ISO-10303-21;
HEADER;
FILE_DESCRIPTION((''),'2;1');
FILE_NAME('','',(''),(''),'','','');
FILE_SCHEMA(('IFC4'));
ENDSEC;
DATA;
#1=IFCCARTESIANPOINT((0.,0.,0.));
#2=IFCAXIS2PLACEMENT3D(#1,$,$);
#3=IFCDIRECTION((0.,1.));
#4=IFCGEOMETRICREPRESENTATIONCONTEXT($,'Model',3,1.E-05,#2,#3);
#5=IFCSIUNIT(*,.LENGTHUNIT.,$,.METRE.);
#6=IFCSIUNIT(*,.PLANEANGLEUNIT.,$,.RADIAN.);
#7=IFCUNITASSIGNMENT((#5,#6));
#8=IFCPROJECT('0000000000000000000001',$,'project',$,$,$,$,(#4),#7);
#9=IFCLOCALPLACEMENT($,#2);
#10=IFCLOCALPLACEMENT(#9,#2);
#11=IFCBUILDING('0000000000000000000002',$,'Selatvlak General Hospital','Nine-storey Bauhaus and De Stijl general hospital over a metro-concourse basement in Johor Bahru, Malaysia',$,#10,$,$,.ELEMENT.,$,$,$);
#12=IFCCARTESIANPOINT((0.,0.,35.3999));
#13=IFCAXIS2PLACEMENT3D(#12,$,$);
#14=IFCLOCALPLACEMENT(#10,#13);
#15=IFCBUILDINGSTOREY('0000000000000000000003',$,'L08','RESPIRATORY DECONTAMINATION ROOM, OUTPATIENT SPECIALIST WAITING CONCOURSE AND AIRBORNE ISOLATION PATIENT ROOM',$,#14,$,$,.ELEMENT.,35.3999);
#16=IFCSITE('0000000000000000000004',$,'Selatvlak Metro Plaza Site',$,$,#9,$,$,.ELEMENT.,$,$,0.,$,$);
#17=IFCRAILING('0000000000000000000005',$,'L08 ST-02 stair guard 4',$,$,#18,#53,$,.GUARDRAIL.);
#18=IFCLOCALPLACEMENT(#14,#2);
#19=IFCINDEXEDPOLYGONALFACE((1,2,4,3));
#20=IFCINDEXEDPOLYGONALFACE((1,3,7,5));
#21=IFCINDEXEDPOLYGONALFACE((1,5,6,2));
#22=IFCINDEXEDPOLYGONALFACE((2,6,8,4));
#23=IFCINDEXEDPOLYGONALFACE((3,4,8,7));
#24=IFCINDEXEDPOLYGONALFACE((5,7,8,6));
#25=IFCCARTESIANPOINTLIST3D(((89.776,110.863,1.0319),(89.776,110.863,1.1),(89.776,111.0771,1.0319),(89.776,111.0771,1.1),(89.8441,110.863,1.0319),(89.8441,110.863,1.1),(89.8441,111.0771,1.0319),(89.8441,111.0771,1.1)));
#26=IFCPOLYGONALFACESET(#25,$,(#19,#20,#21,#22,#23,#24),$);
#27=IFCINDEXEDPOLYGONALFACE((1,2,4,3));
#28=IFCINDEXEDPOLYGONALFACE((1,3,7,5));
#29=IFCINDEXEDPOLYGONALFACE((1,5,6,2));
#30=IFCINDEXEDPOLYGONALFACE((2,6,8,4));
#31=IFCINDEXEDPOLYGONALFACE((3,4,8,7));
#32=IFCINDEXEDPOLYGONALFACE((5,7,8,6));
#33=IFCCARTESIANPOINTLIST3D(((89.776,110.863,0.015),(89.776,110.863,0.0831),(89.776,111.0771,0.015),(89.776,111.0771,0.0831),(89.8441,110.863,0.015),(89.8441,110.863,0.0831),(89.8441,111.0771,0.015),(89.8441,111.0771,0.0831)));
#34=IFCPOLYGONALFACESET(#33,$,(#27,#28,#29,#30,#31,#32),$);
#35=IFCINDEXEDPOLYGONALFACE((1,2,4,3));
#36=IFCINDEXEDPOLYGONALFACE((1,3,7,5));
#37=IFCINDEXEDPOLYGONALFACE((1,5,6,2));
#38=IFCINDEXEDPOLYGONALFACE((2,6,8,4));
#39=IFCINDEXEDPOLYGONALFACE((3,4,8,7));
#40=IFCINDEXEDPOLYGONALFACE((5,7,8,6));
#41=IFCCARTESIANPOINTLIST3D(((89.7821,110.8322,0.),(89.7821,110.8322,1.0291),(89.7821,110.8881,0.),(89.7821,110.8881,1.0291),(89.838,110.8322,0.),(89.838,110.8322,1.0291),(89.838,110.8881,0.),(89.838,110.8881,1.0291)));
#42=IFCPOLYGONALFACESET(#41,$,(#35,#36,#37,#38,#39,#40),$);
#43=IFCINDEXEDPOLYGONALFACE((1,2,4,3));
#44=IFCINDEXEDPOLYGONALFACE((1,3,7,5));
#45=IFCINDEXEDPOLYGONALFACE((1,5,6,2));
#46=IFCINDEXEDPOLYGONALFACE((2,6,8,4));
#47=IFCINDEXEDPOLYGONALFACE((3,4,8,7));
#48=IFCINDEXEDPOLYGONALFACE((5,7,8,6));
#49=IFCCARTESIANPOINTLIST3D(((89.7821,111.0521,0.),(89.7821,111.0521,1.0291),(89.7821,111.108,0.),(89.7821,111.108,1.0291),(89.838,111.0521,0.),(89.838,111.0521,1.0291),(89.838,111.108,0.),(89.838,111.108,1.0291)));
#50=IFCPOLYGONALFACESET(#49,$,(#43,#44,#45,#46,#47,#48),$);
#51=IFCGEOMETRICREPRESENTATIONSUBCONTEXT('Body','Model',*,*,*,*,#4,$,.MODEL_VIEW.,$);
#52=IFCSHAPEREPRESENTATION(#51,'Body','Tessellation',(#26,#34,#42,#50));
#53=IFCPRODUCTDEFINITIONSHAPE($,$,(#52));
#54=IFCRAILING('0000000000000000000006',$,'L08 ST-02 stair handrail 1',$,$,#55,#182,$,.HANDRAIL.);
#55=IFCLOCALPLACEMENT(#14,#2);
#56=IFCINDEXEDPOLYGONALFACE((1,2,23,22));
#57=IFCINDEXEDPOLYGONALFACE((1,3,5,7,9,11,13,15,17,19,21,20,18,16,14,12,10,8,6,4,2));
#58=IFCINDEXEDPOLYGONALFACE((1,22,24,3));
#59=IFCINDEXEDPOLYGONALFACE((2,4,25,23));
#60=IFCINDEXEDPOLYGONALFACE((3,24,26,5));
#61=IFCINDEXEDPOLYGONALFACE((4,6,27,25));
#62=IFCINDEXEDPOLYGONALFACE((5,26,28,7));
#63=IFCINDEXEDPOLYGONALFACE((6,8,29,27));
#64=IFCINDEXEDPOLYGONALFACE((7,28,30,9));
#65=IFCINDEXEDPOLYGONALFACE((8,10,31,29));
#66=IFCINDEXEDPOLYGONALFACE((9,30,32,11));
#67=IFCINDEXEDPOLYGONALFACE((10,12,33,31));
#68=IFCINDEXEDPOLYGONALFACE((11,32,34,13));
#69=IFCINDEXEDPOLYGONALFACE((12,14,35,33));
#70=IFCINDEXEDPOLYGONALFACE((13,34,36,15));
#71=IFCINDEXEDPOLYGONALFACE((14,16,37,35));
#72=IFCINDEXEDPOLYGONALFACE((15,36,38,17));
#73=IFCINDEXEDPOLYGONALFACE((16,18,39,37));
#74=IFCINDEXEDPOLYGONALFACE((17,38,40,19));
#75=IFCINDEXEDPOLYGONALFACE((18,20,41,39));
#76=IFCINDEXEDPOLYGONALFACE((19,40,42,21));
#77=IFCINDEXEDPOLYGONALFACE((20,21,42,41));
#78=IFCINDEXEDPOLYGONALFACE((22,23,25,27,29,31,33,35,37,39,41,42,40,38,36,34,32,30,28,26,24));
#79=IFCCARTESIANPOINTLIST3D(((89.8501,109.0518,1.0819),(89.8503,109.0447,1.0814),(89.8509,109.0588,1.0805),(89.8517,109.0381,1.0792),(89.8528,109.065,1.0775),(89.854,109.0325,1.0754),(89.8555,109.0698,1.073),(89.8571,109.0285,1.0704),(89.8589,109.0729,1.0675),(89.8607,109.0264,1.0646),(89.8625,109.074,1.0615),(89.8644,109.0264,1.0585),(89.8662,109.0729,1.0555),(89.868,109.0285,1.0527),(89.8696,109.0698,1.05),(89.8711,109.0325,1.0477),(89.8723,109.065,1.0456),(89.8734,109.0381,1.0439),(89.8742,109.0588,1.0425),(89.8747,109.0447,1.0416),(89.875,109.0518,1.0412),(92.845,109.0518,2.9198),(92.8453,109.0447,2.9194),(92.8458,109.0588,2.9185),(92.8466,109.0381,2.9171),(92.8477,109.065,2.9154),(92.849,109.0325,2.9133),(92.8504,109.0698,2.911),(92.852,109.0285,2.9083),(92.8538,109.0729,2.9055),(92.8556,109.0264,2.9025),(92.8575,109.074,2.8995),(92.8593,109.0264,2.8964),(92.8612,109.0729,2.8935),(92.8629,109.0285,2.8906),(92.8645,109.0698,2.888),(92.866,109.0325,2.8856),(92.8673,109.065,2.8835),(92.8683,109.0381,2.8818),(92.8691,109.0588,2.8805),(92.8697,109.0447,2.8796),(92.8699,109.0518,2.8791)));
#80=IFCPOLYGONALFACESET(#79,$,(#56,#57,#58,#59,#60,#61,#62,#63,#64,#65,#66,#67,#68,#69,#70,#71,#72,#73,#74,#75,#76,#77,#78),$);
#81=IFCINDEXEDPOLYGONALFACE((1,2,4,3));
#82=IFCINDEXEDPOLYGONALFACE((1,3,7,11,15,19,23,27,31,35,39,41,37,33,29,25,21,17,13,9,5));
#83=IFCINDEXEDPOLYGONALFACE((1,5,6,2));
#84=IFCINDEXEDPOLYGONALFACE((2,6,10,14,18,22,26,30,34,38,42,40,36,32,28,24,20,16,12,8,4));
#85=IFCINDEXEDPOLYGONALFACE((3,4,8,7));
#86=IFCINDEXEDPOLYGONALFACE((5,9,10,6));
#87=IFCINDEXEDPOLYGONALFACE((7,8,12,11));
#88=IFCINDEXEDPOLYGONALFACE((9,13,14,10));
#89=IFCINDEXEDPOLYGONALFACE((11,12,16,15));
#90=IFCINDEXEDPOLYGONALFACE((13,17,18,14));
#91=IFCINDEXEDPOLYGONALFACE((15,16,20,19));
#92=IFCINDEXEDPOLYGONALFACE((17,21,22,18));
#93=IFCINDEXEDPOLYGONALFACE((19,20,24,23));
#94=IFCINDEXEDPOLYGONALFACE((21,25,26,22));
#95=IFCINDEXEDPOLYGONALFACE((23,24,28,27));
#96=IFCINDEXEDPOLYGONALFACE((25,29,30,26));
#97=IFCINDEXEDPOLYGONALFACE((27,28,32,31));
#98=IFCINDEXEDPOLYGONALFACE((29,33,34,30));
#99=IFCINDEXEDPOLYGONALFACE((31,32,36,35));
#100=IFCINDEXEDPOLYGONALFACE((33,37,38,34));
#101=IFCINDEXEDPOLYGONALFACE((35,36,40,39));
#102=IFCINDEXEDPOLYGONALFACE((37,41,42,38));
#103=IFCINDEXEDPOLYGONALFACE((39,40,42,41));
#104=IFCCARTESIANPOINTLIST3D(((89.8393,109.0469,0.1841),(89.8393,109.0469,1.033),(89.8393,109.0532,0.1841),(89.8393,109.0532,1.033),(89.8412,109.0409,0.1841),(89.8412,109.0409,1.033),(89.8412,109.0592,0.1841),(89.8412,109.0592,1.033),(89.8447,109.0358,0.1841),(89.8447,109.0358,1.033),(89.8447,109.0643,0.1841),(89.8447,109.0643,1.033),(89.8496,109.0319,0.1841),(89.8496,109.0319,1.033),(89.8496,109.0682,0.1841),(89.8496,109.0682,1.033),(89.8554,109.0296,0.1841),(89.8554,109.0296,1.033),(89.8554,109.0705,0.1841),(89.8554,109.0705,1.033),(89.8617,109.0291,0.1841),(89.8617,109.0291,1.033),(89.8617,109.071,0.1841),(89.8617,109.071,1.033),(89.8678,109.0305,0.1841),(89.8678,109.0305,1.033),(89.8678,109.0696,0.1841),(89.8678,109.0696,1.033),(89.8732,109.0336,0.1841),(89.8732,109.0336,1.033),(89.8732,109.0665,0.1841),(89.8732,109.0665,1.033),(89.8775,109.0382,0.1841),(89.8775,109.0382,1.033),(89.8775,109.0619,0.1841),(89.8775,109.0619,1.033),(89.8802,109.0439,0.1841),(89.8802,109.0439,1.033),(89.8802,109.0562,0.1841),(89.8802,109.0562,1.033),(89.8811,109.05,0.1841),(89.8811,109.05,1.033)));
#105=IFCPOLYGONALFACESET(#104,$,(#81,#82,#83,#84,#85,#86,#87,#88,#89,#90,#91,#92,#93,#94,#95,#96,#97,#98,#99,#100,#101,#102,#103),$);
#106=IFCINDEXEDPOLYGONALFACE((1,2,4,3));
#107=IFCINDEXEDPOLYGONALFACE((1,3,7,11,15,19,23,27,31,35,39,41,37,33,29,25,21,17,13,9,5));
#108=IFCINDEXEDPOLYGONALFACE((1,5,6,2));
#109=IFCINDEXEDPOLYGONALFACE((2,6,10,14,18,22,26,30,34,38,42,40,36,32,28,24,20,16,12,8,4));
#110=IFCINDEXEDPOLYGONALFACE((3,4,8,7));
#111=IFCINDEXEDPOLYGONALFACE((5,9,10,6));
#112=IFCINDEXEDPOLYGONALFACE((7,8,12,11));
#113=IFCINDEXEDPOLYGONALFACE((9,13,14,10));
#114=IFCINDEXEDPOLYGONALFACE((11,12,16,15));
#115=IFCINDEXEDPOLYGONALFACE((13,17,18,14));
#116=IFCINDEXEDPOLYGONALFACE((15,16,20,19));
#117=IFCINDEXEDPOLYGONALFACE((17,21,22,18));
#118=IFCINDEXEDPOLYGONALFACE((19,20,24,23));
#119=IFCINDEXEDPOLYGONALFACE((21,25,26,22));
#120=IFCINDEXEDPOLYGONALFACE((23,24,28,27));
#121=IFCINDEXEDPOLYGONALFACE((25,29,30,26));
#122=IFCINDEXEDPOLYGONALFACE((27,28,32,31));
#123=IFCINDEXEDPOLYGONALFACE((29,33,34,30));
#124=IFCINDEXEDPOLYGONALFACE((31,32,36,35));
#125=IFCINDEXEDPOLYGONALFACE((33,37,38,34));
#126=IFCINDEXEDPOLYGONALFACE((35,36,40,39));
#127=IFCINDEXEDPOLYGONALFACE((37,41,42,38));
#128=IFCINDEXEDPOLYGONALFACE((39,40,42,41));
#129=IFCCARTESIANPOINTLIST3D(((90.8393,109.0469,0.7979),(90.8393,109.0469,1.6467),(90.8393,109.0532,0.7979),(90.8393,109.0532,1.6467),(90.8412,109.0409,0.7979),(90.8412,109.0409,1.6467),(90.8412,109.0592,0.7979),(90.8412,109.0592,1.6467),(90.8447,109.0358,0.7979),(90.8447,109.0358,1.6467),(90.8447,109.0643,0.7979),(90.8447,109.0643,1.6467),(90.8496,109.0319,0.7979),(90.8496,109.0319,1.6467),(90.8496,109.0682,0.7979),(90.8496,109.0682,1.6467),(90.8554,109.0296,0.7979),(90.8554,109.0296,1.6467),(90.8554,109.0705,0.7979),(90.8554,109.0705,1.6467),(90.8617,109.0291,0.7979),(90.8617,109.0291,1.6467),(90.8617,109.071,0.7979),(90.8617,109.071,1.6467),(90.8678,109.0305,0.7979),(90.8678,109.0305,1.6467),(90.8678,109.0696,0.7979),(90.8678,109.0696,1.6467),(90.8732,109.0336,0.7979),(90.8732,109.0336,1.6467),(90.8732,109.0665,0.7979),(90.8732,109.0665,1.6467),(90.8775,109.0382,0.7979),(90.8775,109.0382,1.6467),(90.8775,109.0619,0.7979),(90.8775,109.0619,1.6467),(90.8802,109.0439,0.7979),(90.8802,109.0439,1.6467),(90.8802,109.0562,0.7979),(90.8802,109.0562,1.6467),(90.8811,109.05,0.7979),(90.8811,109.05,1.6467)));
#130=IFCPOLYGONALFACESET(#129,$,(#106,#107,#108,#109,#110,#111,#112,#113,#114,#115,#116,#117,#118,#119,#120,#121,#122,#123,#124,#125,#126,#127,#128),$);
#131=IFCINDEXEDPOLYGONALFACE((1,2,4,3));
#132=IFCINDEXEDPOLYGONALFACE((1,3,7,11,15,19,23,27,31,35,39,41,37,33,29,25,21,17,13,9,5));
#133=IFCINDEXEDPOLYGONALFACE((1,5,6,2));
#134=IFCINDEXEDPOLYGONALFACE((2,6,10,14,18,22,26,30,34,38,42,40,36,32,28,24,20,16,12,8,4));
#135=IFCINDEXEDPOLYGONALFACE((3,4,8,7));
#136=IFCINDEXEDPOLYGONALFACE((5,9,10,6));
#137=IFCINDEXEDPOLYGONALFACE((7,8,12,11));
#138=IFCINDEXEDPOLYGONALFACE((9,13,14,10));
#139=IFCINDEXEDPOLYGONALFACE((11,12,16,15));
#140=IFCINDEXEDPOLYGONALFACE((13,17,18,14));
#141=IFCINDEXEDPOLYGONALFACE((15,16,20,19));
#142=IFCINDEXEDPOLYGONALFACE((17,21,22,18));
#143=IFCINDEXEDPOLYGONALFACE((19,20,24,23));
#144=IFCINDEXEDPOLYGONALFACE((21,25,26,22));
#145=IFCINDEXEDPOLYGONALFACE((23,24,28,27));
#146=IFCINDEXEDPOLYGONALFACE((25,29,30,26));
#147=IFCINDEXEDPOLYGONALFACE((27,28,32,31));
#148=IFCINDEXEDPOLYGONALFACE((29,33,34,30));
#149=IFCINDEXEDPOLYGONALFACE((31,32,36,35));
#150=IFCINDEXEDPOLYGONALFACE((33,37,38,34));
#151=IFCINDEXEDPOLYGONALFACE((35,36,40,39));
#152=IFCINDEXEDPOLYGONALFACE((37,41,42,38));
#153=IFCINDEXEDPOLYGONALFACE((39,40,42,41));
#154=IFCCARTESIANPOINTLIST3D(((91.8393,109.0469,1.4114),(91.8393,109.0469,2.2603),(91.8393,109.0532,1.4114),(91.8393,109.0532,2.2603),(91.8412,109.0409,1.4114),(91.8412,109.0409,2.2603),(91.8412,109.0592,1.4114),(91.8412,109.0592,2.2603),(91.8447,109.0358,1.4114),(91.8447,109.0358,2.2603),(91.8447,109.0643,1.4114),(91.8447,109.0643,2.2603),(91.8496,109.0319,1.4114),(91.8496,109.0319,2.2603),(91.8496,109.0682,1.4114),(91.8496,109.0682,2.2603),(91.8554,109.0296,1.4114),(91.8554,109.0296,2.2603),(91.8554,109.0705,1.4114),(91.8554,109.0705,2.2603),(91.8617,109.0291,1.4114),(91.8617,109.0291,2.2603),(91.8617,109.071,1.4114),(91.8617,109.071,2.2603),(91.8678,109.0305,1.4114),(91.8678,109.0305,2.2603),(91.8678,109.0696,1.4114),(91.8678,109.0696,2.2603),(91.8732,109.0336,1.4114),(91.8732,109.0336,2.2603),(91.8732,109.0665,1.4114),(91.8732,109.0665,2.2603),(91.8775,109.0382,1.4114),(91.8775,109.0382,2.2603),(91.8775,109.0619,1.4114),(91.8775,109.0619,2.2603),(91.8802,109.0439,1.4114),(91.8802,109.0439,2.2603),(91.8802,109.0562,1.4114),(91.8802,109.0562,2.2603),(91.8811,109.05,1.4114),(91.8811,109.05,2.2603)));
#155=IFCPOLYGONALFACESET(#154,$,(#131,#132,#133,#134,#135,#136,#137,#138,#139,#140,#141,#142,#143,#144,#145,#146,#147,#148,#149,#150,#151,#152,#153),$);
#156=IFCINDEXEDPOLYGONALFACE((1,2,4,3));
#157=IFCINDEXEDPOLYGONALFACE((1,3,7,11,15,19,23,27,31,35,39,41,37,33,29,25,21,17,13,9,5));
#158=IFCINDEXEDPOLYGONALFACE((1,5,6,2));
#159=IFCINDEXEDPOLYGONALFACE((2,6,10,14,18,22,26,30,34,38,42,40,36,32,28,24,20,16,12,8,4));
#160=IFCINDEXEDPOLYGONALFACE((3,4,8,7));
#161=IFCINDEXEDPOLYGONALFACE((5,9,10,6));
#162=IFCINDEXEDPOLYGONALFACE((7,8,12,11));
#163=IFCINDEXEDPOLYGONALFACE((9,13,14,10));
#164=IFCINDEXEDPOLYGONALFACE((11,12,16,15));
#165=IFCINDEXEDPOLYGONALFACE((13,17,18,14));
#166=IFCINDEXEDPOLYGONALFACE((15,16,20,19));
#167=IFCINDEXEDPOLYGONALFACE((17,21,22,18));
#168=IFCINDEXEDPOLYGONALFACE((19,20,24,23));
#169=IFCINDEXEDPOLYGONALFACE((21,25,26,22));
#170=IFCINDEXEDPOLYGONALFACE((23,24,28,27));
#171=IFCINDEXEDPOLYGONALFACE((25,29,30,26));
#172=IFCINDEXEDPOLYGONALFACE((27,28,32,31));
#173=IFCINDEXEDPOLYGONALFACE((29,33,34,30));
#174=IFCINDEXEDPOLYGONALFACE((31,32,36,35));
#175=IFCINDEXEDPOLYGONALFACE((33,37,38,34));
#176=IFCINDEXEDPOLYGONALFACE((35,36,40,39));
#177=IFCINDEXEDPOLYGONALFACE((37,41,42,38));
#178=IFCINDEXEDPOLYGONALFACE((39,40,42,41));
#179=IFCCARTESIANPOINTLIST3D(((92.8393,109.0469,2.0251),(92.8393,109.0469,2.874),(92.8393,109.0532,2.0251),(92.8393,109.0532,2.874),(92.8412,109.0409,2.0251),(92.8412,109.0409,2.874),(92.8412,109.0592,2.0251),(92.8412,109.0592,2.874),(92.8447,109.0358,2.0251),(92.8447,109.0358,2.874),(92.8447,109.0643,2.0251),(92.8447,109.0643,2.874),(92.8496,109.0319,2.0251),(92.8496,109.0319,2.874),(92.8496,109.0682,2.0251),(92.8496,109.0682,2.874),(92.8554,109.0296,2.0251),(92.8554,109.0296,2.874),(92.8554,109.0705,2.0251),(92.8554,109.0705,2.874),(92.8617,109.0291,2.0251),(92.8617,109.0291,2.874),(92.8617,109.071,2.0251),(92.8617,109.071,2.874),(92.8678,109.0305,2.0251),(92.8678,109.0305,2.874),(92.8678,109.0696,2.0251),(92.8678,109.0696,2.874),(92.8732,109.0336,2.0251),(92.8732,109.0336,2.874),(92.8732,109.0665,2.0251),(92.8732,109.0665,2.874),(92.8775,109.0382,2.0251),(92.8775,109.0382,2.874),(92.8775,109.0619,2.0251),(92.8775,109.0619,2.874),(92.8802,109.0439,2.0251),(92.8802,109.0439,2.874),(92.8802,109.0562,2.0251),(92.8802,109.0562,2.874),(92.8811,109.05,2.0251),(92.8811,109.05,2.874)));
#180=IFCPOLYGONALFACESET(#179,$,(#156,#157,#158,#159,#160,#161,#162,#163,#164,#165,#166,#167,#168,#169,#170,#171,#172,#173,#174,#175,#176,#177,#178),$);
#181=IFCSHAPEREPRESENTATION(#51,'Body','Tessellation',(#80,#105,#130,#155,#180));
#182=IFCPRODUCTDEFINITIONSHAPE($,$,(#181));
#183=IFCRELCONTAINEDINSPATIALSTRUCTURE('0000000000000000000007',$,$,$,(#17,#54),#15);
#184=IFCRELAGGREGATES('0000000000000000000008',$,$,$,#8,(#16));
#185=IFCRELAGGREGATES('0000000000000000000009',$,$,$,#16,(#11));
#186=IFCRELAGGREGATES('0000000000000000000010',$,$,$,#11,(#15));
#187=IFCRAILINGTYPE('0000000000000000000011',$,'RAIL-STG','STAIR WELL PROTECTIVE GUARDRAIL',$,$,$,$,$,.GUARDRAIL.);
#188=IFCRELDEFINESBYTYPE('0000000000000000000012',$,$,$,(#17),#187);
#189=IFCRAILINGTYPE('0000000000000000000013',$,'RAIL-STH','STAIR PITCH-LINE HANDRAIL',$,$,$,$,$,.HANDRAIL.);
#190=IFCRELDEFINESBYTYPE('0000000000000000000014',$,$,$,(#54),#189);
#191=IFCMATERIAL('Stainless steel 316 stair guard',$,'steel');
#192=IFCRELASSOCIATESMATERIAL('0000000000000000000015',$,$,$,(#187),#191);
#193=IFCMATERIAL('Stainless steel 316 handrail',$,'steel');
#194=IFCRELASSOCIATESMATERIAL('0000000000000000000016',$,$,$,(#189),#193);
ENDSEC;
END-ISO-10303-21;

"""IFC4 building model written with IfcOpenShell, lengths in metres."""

from ifc_helpers import new_model, si_unit, direction, frame, origin, origin_2d, place, context, subcontext, project, spatial, rectangle, circle, extrude, material, type_object, element, save


model = new_model("IFC4")

# Units and contexts
model_context = context("Model", 3, precision=1e-05, world=origin(), true_north=direction((0.0, 1.0)))
body_context = subcontext(model_context, "Body", "Model", "MODEL_VIEW")
ifc_project = project(units=[si_unit("LENGTHUNIT", "METRE"), si_unit("PLANEANGLEUNIT", "RADIAN")], contexts=[model_context])

# Site, building, storey
site_placement = place(None, origin())
site = spatial("IfcSite", under=ifc_project, at=site_placement, Name="Selatvlak Metro Plaza Site", CompositionType="ELEMENT", RefElevation=0.0)
building_placement = place(site_placement, origin())
building = spatial("IfcBuilding", under=site, at=building_placement, Name="Selatvlak General Hospital", Description="Nine-storey Bauhaus and De Stijl general hospital over a metro-concourse basement in Johor Bahru, Malaysia", CompositionType="ELEMENT")
storey_placement = place(building_placement, frame((0.0, 0.0, 35.3999)))
storey = spatial("IfcBuildingStorey", under=building, at=storey_placement, Name="L08", Description="RESPIRATORY DECONTAMINATION ROOM, OUTPATIENT SPECIALIST WAITING CONCOURSE AND AIRBORNE ISOLATION PATIENT ROOM", CompositionType="ELEMENT", Elevation=35.3999)

# Railings
ifc_material_1 = material(Name="Stainless steel 316 stair guard", Category="steel")
railing_type_1 = type_object("IfcRailingType", Name="RAIL-STG", Description="STAIR WELL PROTECTIVE GUARDRAIL", PredefinedType="GUARDRAIL", material=ifc_material_1)
railing_1_placement = place(storey_placement, frame((89.8101, 110.8601, 0.0)))
element("IfcRailing", 1, at=railing_1_placement, inside=storey, type_object=railing_type_1, Name="L08 ST-02 stair guard 4", PredefinedType="GUARDRAIL", context=body_context, shape_type="SweptSolid", body=[
    extrude(rectangle(XDim=0.0681, YDim=0.0681, at=origin_2d()), frame((0.0, 0.0029, 1.0659), z_axis=(0.0, 1.0, 0.0), x_axis=(-1.0, 0.0, 0.0)), (0.0, 0.0, 1.0), 0.2141),
    extrude(rectangle(XDim=0.0681, YDim=0.0681, at=origin_2d()), frame((0.0, 0.0029, 0.0491), z_axis=(0.0, 1.0, 0.0), x_axis=(-1.0, 0.0, 0.0)), (0.0, 0.0, 1.0), 0.2141),
    extrude(rectangle(XDim=0.0559, YDim=0.0559, at=origin_2d()), origin(), (0.0, 0.0, 1.0), 1.0291),
    extrude(rectangle(XDim=0.0559, YDim=0.0559, at=origin_2d()), frame((0.0, 0.22, 0.0)), (0.0, 0.0, 1.0), 1.0291),
])
ifc_material_2 = material(Name="Stainless steel 316 handrail", Category="steel")
railing_type_2 = type_object("IfcRailingType", Name="RAIL-STH", Description="STAIR PITCH-LINE HANDRAIL", PredefinedType="HANDRAIL", material=ifc_material_2)
railing_2_placement = place(storey_placement, frame((89.8601, 109.05, 0.1841)))
element("IfcRailing", 2, at=railing_2_placement, inside=storey, type_object=railing_type_2, Name="L08 ST-02 stair handrail 1", PredefinedType="HANDRAIL", context=body_context, shape_type="SweptSolid", body=[
    extrude(circle(Radius=0.0239, at=origin_2d()), frame((0.0024, 0.0, 0.8774), z_axis=(0.852303, 0.0, 0.523048), x_axis=(0.0, 1.0, 0.0)), (0.0, 0.0, 1.0), 3.5139),
    extrude(circle(Radius=0.021, at=origin_2d()), origin(), (0.0, 0.0, 1.0), 0.8489),
    extrude(circle(Radius=0.021, at=origin_2d()), frame((1.0, 0.0, 0.6138)), (0.0, 0.0, 1.0), 0.8489),
    extrude(circle(Radius=0.021, at=origin_2d()), frame((2.0, 0.0, 1.2273)), (0.0, 0.0, 1.0), 0.8489),
    extrude(circle(Radius=0.021, at=origin_2d()), frame((3.0, 0.0, 1.8411)), (0.0, 0.0, 1.0), 0.8489),
])

save(model, "model.ifc")
